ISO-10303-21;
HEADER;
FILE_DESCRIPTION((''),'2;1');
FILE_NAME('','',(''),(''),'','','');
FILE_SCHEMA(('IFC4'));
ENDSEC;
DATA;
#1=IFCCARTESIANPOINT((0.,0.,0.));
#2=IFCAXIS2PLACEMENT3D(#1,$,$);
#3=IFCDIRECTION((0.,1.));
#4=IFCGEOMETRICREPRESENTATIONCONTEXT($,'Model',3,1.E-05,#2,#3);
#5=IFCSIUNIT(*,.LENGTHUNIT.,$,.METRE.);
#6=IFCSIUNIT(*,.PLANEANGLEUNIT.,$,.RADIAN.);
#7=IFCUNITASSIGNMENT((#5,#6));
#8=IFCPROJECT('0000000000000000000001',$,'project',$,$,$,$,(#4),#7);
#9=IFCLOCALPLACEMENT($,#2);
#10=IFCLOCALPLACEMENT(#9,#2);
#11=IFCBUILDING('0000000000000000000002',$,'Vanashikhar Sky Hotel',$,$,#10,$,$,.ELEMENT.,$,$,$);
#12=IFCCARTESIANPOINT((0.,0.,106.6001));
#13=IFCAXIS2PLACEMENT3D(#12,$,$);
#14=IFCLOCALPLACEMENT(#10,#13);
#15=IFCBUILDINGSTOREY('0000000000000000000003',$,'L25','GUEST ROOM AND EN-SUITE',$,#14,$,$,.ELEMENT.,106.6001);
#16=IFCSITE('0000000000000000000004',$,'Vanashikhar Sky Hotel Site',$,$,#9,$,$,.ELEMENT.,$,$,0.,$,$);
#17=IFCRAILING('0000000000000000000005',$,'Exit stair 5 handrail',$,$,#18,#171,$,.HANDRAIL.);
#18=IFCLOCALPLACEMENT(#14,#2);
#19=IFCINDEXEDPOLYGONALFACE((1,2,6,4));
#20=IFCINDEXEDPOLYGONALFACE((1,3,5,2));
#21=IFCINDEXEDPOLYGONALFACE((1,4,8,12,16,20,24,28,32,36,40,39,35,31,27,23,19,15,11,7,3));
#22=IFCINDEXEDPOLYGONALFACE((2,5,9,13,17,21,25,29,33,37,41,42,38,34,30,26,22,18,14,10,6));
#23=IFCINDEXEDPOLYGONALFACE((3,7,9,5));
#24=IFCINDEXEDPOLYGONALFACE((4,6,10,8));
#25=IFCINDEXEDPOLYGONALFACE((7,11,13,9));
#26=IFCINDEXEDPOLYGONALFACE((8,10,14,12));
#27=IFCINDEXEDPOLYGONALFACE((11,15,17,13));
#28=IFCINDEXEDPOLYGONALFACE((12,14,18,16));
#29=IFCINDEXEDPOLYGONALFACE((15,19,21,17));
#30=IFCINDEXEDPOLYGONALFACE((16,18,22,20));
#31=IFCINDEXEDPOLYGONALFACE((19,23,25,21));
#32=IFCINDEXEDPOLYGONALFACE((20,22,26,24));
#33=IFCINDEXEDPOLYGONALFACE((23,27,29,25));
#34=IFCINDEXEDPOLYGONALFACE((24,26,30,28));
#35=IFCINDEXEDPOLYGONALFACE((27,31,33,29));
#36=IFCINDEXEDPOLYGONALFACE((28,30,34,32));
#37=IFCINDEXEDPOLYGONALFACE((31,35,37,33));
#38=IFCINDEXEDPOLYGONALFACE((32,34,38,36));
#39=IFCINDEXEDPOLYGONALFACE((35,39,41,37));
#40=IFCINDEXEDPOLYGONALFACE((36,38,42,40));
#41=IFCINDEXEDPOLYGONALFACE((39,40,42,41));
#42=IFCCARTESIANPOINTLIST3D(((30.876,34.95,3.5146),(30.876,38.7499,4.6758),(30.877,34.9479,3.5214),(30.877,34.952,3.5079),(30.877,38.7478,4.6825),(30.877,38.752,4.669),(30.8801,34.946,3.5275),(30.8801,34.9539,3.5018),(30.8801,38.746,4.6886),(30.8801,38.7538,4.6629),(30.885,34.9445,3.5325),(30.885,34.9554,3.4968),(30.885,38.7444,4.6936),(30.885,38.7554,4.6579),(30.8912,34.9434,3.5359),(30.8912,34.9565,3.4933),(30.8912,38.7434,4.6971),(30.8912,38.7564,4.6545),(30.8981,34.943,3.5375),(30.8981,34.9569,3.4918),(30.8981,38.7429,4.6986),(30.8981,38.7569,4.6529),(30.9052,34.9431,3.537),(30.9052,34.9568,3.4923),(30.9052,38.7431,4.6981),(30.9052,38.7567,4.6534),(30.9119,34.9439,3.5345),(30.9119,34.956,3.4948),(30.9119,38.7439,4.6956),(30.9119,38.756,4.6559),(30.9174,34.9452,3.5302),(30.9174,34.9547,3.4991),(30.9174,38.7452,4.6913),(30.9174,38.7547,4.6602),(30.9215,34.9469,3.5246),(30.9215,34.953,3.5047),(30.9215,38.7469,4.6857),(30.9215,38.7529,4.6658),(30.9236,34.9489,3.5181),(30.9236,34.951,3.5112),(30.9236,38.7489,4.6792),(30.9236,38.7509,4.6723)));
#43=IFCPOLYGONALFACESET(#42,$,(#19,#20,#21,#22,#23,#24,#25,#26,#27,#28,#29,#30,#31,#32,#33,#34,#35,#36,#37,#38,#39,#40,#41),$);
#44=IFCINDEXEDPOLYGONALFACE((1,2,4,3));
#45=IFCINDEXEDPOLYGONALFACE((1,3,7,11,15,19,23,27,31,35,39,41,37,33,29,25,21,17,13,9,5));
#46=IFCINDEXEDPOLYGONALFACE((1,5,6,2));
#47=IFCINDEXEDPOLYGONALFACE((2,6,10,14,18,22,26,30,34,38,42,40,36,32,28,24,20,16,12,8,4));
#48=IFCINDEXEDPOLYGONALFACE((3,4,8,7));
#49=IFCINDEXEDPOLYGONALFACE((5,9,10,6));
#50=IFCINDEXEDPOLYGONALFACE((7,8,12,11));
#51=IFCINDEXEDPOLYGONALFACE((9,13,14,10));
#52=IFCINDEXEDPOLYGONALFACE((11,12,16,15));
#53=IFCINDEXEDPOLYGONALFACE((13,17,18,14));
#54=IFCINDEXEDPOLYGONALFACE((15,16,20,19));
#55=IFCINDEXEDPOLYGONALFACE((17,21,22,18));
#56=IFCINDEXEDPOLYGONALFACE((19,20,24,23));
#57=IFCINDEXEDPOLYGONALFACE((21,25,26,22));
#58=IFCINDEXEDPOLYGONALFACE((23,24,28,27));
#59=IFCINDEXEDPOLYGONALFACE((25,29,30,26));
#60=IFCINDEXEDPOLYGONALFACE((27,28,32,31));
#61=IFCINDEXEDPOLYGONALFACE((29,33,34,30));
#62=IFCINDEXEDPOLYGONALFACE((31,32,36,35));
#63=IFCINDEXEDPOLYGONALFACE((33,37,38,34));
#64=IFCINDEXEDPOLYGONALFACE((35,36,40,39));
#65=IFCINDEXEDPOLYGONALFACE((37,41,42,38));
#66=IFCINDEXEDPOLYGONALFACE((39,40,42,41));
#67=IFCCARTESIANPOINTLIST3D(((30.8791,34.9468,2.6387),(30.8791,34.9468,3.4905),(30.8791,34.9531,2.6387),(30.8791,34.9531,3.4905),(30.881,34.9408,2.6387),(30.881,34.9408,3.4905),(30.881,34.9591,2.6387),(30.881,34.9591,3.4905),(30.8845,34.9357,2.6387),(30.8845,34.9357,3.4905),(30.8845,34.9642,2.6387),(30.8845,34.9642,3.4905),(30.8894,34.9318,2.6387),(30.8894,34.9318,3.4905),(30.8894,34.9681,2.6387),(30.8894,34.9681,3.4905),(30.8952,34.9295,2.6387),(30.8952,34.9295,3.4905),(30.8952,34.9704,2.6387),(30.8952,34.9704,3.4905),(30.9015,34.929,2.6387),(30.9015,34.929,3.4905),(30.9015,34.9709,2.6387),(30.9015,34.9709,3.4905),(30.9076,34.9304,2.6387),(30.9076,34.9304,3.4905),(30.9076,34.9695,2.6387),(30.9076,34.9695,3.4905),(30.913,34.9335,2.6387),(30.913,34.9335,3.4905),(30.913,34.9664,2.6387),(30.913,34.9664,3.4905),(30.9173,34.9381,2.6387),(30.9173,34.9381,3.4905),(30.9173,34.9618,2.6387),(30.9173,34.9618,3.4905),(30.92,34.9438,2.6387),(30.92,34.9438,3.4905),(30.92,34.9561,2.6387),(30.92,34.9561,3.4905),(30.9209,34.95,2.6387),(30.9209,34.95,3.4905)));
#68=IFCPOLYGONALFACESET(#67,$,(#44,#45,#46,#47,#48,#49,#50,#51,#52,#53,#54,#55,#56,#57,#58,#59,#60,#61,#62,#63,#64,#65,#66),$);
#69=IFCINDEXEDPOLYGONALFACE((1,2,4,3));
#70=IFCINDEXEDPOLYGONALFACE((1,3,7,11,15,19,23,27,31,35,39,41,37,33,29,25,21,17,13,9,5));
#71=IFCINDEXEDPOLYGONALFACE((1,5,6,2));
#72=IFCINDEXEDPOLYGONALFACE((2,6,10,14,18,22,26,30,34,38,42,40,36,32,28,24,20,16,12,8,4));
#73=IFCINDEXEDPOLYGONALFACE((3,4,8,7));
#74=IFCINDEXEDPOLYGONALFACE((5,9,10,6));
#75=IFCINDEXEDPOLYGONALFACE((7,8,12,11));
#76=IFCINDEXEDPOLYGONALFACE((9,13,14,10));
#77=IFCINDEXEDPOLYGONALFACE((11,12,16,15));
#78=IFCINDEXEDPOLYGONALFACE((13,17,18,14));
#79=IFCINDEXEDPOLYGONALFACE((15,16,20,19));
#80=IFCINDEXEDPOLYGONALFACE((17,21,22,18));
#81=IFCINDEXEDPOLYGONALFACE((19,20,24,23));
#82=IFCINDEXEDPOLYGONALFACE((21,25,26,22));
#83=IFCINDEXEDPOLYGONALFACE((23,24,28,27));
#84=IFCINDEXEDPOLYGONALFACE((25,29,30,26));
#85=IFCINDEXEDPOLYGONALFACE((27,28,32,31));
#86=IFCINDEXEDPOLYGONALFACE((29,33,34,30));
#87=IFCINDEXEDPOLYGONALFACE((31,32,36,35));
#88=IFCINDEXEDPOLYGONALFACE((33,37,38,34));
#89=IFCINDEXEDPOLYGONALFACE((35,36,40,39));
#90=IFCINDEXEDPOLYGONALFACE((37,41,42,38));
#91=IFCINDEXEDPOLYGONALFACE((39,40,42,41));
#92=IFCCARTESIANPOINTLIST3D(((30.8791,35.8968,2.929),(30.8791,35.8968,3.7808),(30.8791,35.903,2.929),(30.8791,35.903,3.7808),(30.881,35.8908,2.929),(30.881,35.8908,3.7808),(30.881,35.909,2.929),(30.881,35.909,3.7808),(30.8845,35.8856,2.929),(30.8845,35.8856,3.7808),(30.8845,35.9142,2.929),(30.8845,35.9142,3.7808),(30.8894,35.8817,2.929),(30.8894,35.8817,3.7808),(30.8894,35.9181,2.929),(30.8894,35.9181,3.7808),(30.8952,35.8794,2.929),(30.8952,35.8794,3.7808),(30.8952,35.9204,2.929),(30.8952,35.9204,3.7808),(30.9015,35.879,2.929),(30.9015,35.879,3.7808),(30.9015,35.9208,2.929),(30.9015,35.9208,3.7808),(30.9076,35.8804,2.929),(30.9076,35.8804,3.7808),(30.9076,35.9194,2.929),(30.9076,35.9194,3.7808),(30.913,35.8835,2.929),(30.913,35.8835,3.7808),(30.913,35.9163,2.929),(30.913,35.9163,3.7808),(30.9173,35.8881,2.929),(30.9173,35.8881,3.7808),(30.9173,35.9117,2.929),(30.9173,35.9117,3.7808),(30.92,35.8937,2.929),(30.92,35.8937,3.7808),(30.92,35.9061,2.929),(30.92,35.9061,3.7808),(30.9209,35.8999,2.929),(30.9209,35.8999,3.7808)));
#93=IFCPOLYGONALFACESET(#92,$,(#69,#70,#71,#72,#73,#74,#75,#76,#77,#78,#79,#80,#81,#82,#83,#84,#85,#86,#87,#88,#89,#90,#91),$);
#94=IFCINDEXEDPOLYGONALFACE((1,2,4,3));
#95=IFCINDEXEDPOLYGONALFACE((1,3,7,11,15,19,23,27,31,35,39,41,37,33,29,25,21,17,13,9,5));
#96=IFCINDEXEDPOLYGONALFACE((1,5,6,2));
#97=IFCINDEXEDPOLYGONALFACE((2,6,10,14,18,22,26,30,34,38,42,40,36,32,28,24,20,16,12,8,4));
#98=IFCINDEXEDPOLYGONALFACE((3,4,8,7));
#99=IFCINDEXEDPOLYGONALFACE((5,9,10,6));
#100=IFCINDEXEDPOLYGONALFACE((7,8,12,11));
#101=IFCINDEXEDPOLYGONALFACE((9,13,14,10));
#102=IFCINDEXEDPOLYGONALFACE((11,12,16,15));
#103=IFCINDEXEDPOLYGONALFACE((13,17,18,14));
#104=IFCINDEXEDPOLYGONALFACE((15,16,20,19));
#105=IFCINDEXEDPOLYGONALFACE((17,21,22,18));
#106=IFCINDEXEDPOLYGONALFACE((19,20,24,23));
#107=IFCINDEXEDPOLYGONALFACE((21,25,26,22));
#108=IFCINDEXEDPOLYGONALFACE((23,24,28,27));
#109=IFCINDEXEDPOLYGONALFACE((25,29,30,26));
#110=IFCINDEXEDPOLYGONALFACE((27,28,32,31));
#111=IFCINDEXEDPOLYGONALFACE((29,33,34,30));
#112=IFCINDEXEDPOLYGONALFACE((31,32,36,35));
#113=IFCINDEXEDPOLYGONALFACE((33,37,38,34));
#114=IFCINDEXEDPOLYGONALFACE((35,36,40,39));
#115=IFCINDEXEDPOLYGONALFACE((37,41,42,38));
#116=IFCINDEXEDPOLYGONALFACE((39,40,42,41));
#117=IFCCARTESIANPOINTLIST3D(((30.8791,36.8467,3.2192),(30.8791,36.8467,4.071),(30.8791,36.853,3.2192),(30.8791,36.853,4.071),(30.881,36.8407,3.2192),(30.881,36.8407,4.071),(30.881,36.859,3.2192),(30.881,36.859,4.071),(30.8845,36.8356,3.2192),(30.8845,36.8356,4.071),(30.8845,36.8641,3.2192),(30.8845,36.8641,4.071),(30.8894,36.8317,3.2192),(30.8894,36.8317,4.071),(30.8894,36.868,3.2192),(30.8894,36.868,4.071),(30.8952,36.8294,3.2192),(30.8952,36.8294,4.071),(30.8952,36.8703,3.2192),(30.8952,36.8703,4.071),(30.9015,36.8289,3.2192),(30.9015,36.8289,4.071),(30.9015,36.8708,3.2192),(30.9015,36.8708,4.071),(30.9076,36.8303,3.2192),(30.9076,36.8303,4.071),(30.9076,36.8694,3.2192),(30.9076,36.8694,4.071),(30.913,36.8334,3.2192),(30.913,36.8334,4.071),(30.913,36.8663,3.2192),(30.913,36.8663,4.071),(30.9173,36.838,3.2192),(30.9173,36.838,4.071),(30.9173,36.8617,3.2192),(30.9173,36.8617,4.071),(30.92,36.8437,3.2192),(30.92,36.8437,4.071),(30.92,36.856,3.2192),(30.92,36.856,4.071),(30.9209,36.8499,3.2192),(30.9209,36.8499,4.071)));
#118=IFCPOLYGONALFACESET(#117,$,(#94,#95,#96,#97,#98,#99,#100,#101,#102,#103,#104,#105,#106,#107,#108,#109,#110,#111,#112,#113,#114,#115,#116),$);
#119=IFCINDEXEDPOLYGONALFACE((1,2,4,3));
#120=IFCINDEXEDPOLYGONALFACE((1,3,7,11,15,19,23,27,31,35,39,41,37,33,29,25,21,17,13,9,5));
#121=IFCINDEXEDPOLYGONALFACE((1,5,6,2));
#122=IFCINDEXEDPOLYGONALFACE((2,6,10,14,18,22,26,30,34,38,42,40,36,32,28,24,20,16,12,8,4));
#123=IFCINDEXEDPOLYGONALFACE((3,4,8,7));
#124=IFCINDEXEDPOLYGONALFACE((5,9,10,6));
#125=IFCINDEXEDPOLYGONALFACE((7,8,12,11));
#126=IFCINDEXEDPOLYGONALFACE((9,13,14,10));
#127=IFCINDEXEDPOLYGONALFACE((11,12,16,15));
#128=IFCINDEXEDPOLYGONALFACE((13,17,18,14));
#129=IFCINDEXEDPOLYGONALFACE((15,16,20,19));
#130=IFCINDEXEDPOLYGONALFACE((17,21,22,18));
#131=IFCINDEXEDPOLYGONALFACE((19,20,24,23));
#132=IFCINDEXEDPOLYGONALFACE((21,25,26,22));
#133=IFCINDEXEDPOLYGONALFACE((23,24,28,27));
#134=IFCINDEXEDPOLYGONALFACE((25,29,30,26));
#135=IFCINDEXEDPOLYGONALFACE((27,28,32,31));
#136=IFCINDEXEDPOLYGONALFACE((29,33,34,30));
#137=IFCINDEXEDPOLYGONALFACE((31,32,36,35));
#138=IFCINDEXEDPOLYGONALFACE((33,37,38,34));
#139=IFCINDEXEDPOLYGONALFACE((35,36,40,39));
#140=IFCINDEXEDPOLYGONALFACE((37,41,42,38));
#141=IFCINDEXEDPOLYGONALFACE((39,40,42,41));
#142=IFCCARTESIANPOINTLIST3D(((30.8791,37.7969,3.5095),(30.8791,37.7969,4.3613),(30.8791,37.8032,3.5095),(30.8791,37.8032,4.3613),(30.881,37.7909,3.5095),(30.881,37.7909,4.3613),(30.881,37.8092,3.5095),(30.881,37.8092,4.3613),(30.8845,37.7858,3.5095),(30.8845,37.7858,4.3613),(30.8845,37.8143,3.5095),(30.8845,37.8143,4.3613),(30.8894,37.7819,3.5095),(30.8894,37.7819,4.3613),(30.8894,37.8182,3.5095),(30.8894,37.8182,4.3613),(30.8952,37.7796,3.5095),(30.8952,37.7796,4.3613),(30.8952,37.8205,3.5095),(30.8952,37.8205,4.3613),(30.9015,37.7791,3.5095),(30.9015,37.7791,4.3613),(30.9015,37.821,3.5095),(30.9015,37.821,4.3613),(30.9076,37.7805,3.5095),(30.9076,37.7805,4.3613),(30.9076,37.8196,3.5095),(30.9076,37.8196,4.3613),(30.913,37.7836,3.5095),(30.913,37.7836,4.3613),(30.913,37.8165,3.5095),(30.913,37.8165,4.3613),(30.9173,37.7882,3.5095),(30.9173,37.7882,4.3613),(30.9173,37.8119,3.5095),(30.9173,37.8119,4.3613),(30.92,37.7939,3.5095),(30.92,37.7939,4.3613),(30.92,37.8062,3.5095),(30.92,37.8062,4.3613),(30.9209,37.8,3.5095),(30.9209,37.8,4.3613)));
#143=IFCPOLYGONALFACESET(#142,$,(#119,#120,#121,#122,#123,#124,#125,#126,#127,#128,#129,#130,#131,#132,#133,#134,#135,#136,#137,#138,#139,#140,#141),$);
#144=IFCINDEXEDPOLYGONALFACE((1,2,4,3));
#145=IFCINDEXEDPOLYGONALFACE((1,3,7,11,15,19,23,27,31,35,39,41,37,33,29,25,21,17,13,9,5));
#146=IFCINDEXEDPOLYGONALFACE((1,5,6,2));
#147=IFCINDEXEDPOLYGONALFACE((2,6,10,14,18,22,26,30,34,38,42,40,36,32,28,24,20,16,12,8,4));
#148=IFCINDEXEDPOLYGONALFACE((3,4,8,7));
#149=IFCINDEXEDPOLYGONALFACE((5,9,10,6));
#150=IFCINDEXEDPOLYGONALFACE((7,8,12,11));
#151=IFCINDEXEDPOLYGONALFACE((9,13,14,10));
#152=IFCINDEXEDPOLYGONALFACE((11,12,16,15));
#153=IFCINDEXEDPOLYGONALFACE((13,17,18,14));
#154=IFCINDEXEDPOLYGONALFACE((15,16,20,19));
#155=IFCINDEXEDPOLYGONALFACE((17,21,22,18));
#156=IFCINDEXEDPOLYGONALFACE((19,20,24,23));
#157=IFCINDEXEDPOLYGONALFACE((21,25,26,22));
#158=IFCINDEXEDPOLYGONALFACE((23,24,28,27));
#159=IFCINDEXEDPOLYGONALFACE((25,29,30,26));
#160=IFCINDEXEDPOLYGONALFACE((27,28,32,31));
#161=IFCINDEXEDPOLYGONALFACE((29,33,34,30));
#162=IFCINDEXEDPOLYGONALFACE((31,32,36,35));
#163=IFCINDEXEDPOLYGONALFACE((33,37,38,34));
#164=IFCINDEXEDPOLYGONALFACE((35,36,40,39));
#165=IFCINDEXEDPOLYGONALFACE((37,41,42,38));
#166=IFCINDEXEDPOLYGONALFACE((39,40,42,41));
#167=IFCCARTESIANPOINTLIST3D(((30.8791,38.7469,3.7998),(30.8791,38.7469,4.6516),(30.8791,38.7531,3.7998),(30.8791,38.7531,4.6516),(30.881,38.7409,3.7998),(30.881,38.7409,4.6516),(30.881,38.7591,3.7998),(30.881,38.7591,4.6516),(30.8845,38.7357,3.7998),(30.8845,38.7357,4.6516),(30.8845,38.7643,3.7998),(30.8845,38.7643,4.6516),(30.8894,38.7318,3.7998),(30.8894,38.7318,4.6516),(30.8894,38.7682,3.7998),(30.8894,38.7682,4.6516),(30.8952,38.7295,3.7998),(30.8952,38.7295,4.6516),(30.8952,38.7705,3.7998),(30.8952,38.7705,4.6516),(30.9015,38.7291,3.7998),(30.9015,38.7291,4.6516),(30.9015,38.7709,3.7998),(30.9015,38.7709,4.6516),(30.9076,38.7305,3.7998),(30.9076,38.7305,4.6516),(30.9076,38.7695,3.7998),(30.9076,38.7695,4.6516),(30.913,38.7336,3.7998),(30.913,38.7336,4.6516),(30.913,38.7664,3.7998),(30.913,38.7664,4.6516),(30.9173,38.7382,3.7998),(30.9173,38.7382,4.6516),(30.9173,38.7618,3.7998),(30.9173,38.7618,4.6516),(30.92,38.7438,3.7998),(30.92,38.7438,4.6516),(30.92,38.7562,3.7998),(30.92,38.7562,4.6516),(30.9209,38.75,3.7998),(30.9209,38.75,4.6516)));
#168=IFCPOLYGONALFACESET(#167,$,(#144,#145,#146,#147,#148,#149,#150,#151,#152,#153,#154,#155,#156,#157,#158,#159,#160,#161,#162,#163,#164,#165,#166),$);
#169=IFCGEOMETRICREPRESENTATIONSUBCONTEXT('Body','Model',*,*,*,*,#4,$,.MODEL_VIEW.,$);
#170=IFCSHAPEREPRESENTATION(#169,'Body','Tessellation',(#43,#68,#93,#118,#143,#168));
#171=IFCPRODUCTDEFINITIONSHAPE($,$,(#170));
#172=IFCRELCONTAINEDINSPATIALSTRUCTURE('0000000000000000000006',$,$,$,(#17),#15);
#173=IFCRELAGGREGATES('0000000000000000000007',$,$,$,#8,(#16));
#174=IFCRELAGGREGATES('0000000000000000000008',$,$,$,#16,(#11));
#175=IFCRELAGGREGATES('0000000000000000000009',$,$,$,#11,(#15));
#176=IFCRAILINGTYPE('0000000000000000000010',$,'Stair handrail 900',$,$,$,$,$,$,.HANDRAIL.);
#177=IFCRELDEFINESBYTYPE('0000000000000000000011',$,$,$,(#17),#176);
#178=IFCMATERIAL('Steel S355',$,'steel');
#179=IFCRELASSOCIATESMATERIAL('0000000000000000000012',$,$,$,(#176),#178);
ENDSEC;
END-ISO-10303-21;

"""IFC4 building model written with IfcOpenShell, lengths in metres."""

from ifc_helpers import new_model, si_unit, direction, frame, origin, origin_2d, place, context, subcontext, project, spatial, circle, extrude, source, transform, mapped, material, type_object, element, save


model = new_model("IFC4")

# Units and contexts
model_context = context("Model", 3, precision=1e-05, world=origin(), true_north=direction((0.0, 1.0)))
body_context = subcontext(model_context, "Body", "Model", "MODEL_VIEW")
ifc_project = project(units=[si_unit("LENGTHUNIT", "METRE"), si_unit("PLANEANGLEUNIT", "RADIAN")], contexts=[model_context])

# Site, building, storey
site_placement = place(None, origin())
site = spatial("IfcSite", under=ifc_project, at=site_placement, Name="Vanashikhar Sky Hotel Site", CompositionType="ELEMENT", RefElevation=0.0)
building_placement = place(site_placement, origin())
building = spatial("IfcBuilding", under=site, at=building_placement, Name="Vanashikhar Sky Hotel", CompositionType="ELEMENT")
storey_placement = place(building_placement, frame((0.0, 0.0, 106.6001)))
storey = spatial("IfcBuildingStorey", under=building, at=storey_placement, Name="L25", Description="GUEST ROOM AND EN-SUITE", CompositionType="ELEMENT", Elevation=106.6001)

# Railing
ifc_material_1 = material(Name="Steel S355", Category="steel")
railing_type_1 = type_object("IfcRailingType", Name="Stair handrail 900", PredefinedType="HANDRAIL", material=ifc_material_1)
shared_shape_1 = source(origin(), body_context, "Body", "SweptSolid", [
    extrude(circle(Radius=0.0239, at=origin_2d()), frame((0.0, 0.0, 0.876), z_axis=(0.0, 0.956351, 0.29222), x_axis=(-1.0, 0.0, 0.0)), (0.0, 0.0, 1.0), 3.9734),
    extrude(circle(Radius=0.021, at=origin_2d()), origin(), (0.0, 0.0, 1.0), 0.8518),
    extrude(circle(Radius=0.021, at=origin_2d()), frame((0.0, 0.95, 0.2903)), (0.0, 0.0, 1.0), 0.8518),
    extrude(circle(Radius=0.021, at=origin_2d()), frame((0.0, 1.8999, 0.5806)), (0.0, 0.0, 1.0), 0.8518),
    extrude(circle(Radius=0.021, at=origin_2d()), frame((0.0, 2.8501, 0.8708)), (0.0, 0.0, 1.0), 0.8518),
    extrude(circle(Radius=0.021, at=origin_2d()), frame((0.0, 3.8, 1.1611)), (0.0, 0.0, 1.0), 0.8518),
])
for number, where, name in (
    (1, (30.8999, 34.95, 2.6387), "Exit stair 5 handrail"),
):
    element("IfcRailing", number, at=place(storey_placement, frame(where)), inside=storey, type_object=railing_type_1, Name=name, PredefinedType="HANDRAIL", context=body_context, shape_type="MappedRepresentation", body=[
        mapped(shared_shape_1, transform((0.0, 0.0, 0.0), scale=1.0)),
    ])

save(model, "model.ifc")
